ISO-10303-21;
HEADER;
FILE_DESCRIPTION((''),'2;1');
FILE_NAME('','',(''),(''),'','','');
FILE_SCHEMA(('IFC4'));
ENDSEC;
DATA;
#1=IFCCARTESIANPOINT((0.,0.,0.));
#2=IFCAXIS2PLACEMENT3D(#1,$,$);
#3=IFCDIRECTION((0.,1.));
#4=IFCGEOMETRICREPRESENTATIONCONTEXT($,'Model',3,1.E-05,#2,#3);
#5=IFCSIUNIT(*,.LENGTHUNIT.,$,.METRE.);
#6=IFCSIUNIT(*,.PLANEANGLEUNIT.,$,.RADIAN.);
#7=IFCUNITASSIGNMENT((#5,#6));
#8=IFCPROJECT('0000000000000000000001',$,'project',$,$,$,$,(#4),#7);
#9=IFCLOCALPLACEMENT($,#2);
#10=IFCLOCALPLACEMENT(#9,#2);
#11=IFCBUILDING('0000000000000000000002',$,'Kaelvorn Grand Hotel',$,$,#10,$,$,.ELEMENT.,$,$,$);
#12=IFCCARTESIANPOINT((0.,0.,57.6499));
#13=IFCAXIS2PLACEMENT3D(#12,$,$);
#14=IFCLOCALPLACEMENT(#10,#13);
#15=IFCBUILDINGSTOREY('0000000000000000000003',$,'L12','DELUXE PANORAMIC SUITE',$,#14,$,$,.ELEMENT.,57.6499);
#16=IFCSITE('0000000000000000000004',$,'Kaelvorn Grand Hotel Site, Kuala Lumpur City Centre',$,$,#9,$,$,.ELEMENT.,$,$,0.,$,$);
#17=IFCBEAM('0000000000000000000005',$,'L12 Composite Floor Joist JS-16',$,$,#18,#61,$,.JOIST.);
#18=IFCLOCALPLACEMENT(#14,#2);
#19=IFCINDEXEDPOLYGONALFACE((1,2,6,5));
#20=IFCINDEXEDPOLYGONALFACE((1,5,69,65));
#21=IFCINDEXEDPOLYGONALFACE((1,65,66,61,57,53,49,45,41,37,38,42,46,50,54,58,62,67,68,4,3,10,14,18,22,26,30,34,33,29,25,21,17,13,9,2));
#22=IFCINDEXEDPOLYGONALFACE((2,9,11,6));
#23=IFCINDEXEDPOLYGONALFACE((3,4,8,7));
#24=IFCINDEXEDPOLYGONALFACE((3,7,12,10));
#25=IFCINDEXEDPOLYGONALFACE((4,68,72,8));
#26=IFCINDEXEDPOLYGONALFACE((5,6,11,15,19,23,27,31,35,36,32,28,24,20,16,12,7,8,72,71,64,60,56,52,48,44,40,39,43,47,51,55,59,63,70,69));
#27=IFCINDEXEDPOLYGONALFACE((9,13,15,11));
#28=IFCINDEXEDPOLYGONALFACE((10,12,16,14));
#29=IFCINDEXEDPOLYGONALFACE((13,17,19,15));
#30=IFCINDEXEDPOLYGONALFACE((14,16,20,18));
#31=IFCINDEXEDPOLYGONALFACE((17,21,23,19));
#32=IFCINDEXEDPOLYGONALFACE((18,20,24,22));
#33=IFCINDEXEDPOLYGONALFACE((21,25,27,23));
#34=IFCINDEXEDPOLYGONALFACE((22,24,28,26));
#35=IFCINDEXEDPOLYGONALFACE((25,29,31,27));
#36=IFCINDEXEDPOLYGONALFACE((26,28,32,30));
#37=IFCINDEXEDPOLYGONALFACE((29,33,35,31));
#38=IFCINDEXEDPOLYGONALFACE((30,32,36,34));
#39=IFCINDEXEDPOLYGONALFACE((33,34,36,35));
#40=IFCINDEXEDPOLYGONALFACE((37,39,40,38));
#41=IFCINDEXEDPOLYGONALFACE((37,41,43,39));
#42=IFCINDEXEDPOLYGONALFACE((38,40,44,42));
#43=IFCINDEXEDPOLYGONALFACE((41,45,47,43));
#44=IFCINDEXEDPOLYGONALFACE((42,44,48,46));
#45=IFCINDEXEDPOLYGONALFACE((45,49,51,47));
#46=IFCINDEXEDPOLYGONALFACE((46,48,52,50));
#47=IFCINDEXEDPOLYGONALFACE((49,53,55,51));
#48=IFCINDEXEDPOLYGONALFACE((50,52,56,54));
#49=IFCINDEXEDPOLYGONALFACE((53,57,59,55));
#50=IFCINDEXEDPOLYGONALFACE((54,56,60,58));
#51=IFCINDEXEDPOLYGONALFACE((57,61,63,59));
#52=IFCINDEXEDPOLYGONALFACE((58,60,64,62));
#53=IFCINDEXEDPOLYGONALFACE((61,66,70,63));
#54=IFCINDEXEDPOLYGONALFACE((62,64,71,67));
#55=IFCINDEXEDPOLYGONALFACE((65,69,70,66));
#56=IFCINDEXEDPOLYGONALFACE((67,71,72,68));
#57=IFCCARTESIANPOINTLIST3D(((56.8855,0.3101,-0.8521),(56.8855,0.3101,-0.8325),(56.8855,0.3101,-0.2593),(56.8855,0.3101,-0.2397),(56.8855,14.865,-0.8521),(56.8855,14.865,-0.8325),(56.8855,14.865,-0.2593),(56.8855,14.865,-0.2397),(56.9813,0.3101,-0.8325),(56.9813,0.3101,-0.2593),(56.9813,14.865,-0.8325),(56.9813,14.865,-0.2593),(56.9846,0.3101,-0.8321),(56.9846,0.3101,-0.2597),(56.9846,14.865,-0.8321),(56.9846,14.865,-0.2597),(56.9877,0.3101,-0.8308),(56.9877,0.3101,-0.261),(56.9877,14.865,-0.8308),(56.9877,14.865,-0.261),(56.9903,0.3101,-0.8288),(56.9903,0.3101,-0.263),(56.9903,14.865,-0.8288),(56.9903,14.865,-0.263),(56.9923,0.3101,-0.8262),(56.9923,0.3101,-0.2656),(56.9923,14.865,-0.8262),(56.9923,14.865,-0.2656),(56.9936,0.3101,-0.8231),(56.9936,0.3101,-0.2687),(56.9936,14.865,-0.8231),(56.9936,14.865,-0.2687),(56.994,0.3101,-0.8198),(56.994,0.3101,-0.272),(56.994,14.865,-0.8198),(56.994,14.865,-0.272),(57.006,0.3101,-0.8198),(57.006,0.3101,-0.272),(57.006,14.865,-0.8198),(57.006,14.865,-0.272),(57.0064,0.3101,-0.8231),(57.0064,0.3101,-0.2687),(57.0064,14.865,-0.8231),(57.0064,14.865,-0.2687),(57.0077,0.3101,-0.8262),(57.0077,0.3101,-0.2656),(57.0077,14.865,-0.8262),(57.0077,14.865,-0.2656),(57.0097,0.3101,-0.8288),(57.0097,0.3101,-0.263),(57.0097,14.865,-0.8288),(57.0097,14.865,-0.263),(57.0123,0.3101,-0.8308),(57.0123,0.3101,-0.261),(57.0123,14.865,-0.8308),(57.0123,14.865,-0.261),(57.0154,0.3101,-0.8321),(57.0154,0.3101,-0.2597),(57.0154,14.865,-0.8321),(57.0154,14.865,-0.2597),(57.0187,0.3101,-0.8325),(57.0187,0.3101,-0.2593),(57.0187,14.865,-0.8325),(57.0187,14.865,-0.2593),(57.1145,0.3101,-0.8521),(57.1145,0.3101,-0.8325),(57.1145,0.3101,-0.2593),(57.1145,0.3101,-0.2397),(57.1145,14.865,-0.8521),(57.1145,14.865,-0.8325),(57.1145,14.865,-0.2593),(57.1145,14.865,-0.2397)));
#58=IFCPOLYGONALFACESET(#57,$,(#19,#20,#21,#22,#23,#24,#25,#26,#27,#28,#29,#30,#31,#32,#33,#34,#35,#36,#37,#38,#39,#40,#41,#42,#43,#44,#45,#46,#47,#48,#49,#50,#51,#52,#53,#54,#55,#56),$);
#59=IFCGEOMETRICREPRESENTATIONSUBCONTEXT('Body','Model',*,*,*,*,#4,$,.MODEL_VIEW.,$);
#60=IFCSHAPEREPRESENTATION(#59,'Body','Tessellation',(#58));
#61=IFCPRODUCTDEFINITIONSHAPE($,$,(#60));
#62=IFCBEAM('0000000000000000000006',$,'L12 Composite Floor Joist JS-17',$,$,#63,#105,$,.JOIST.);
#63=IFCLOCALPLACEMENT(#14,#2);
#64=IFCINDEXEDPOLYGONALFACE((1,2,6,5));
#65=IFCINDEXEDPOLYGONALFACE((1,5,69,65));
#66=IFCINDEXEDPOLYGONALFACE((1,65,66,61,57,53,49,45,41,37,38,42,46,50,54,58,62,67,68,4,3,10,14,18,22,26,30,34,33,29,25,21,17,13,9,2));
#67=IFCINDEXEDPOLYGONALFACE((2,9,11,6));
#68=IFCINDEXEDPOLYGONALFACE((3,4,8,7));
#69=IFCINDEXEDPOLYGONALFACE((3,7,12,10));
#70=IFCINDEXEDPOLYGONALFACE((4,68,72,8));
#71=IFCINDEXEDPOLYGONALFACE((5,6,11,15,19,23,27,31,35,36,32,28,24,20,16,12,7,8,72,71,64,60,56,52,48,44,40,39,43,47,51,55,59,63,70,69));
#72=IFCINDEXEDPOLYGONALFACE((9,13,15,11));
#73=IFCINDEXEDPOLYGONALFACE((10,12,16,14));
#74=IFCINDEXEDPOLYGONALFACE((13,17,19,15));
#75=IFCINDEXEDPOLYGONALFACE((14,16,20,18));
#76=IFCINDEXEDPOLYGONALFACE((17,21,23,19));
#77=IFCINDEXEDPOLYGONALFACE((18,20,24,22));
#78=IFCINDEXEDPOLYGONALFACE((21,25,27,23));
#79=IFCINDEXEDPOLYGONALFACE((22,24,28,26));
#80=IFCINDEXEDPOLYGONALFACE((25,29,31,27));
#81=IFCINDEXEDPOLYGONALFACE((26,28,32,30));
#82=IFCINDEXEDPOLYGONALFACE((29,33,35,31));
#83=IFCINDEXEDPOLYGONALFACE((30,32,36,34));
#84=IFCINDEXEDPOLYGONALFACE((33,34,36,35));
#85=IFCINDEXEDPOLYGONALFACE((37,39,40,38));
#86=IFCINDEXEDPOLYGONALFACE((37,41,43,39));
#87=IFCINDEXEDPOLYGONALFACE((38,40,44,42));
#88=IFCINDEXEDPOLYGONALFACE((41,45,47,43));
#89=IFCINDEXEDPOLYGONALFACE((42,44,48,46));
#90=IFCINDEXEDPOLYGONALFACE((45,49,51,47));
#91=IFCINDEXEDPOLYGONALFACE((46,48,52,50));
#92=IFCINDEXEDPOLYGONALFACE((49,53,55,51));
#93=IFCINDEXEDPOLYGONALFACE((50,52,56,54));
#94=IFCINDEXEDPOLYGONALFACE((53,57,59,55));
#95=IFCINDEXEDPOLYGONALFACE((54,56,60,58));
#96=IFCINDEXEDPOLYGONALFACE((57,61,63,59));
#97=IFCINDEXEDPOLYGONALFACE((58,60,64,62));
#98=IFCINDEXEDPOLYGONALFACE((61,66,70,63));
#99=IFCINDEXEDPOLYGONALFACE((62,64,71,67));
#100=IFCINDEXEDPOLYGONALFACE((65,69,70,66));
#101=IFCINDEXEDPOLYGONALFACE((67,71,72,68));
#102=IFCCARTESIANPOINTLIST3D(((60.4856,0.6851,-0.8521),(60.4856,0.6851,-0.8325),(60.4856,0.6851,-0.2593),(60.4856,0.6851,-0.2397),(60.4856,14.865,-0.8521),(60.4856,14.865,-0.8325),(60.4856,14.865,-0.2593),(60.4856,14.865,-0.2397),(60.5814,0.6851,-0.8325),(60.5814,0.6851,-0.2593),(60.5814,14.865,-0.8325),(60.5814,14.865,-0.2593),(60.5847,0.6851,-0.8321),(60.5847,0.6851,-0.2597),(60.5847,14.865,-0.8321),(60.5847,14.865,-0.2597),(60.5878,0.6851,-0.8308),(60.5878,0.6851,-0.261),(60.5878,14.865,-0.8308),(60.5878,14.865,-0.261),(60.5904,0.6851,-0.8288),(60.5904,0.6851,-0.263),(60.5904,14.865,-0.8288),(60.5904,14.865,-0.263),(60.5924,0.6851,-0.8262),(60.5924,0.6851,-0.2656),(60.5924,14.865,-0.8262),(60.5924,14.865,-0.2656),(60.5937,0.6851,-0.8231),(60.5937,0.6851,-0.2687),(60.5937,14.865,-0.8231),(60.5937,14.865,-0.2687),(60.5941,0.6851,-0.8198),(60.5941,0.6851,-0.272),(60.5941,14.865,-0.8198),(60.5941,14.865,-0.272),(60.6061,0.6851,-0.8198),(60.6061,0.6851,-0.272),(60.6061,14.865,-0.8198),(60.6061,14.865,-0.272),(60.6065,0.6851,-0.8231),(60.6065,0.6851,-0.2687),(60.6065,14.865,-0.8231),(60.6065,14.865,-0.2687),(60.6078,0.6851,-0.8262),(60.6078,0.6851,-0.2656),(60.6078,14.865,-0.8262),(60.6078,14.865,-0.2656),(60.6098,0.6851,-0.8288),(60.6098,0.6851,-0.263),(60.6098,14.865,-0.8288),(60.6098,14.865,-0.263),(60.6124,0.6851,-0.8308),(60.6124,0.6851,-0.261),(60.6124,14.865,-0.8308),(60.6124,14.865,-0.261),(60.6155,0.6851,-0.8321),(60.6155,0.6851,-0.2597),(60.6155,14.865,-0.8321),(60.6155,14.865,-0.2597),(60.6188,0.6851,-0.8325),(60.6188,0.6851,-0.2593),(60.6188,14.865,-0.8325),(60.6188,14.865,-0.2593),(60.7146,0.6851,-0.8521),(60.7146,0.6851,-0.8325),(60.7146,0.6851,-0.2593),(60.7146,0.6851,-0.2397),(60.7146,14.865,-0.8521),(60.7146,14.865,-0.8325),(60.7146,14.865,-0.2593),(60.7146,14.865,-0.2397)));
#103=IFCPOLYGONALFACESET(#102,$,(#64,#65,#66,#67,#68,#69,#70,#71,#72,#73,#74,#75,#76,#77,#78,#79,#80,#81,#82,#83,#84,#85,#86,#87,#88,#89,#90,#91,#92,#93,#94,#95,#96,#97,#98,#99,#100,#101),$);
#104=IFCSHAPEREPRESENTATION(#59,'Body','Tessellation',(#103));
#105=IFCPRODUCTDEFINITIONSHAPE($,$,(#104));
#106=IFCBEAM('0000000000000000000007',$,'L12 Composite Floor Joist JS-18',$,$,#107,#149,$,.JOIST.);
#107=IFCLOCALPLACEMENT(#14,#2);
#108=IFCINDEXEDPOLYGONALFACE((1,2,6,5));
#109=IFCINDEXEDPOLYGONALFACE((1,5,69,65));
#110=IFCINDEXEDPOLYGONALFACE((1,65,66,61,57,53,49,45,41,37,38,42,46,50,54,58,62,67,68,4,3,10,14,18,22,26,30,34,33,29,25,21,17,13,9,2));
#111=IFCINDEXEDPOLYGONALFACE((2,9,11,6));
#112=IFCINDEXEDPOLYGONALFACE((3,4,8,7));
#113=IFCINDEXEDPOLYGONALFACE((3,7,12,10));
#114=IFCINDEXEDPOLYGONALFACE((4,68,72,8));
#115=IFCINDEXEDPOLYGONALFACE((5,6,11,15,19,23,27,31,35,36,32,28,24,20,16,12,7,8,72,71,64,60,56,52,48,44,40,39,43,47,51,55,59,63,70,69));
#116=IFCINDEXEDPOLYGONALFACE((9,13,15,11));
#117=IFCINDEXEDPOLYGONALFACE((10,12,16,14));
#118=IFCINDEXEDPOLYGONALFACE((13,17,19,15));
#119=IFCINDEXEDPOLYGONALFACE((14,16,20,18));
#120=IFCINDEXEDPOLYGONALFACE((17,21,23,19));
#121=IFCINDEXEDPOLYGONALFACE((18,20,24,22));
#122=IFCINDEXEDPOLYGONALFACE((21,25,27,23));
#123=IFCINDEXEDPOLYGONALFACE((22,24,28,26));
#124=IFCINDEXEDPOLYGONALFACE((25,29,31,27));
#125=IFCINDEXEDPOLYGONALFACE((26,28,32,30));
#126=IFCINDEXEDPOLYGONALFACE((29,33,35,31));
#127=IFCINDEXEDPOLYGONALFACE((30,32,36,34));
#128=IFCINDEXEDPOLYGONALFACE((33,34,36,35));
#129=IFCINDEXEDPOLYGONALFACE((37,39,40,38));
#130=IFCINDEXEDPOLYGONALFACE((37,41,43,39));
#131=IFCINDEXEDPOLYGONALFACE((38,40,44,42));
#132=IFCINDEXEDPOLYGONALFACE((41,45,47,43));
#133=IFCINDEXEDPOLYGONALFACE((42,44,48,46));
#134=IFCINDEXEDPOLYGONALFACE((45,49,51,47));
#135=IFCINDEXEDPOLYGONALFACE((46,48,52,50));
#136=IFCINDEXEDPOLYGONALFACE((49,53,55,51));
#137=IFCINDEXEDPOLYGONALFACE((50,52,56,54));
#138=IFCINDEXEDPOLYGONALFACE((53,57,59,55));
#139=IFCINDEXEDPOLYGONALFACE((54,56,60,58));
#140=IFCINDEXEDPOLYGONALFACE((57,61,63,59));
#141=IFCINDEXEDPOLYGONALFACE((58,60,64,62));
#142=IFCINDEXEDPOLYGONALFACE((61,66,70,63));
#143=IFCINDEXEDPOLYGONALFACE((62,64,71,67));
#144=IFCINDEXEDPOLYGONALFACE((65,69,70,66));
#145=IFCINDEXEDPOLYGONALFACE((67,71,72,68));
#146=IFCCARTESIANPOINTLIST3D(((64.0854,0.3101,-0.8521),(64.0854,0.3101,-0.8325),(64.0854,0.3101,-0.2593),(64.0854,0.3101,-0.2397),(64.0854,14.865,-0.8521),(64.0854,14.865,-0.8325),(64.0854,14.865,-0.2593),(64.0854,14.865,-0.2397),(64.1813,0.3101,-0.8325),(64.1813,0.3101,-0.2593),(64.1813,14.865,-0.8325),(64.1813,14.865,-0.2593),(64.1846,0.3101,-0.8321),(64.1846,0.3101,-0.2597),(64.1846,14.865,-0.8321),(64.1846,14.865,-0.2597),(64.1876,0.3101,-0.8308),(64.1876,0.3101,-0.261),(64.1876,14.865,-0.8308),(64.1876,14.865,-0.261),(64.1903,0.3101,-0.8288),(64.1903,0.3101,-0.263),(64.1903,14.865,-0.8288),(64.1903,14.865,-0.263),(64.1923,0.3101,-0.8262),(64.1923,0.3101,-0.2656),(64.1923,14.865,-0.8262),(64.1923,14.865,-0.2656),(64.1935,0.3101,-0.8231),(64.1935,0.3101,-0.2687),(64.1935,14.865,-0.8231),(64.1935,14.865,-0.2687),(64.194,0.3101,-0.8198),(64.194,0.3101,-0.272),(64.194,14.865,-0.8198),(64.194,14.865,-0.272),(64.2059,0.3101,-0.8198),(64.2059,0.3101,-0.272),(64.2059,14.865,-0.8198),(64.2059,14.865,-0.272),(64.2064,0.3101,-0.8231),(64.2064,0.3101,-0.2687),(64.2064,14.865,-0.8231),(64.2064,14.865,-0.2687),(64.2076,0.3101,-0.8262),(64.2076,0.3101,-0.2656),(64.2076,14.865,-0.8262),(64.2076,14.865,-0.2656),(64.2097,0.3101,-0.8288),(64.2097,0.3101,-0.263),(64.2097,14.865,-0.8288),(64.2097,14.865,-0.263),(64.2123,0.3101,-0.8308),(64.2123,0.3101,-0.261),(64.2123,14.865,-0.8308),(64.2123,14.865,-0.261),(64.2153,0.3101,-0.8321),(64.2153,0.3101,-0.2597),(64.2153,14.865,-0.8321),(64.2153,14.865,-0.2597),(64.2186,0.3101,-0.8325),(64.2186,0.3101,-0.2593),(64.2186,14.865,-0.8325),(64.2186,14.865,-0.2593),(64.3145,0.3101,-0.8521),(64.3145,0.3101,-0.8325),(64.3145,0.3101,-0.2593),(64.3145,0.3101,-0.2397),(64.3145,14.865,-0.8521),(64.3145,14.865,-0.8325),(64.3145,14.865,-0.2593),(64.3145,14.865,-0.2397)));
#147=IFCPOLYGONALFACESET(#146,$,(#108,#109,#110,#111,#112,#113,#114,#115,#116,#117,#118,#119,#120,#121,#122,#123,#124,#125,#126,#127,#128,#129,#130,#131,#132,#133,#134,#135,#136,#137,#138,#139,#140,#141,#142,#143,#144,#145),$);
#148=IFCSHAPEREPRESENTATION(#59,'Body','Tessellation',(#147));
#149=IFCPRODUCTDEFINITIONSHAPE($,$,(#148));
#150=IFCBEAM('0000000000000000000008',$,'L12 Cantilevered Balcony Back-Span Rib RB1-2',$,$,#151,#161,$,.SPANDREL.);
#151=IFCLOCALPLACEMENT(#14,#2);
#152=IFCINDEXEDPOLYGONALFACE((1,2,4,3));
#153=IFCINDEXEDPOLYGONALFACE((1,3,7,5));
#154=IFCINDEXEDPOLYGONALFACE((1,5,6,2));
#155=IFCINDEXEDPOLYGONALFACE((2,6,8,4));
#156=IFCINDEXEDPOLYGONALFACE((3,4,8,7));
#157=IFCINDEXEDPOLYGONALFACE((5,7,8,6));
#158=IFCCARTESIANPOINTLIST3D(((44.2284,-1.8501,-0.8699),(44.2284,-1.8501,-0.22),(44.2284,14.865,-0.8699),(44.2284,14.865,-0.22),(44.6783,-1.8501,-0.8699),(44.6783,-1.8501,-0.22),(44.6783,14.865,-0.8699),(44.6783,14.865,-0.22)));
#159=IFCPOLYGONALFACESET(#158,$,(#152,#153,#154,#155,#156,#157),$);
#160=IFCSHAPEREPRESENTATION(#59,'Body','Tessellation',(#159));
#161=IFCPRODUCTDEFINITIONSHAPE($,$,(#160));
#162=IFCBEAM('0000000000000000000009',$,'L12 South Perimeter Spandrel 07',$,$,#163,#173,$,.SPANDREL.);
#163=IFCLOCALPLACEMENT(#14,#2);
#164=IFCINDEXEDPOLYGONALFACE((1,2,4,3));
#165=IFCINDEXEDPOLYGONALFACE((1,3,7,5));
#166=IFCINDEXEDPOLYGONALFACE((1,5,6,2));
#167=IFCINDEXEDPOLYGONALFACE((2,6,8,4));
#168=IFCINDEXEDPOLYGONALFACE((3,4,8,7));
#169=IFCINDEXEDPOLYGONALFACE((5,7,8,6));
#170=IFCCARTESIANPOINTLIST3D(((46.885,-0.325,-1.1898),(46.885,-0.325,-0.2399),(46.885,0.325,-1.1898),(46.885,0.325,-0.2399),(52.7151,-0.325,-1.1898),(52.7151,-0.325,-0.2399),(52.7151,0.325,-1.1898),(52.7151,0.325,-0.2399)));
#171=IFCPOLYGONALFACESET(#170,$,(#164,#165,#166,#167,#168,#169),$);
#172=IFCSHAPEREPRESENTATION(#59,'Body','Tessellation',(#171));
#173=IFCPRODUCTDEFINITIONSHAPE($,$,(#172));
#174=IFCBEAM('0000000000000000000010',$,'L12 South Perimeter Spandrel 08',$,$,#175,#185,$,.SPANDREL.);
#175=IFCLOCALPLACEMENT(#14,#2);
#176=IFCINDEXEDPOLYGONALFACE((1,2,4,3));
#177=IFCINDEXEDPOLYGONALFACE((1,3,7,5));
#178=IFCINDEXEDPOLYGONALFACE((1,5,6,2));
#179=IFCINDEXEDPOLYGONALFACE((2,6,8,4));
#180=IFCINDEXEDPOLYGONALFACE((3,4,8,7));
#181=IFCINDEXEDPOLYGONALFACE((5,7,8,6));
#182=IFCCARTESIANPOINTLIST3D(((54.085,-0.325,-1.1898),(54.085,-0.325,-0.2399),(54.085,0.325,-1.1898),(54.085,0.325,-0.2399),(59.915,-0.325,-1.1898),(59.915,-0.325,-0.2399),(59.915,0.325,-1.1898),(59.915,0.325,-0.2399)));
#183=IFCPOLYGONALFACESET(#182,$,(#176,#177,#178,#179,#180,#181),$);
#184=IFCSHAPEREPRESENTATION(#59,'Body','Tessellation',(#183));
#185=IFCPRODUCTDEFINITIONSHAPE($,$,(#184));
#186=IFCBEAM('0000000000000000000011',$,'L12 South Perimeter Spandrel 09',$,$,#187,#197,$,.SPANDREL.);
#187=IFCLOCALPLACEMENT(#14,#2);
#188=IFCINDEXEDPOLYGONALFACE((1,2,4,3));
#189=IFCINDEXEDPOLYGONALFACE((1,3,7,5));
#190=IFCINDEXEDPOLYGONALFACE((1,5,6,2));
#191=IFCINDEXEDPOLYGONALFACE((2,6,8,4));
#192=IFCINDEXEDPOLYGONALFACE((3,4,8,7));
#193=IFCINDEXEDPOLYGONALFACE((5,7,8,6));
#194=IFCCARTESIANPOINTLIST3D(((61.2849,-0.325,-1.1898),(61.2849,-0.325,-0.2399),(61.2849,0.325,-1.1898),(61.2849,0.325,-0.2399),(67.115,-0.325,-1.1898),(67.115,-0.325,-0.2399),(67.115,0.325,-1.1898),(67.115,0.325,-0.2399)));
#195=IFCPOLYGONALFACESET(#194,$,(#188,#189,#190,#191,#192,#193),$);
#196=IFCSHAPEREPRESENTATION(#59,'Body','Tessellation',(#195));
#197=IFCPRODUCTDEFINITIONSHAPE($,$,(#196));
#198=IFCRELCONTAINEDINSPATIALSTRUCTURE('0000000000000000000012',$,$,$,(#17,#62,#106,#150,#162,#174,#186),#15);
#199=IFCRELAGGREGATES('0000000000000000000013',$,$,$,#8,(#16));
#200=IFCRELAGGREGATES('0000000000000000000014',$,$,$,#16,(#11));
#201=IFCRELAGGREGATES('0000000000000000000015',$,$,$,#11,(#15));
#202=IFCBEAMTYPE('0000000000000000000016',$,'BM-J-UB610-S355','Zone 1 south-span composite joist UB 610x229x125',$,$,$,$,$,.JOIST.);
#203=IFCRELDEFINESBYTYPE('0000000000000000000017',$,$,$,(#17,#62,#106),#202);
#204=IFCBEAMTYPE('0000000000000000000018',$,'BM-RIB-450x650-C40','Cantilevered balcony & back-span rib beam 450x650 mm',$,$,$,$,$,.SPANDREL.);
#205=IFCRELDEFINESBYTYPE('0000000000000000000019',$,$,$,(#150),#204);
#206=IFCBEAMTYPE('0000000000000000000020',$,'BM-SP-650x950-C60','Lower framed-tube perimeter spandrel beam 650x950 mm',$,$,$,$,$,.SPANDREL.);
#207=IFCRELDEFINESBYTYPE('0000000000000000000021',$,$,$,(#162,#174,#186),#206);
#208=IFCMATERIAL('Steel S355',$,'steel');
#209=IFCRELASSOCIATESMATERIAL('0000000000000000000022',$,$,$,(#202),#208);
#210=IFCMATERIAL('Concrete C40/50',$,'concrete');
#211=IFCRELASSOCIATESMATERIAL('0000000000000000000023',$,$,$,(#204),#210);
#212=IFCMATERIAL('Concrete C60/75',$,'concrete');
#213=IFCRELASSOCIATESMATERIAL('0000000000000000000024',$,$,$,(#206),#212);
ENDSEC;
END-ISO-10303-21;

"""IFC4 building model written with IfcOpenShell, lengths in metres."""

from ifc_helpers import new_model, si_unit, direction, frame, origin, origin_2d, place, context, subcontext, project, spatial, rectangle, i_section, extrude, material, material_profile, profile_set, type_object, element, save


model = new_model("IFC4")

# Units and contexts
model_context = context("Model", 3, precision=1e-05, world=origin(), true_north=direction((0.0, 1.0)))
body_context = subcontext(model_context, "Body", "Model", "MODEL_VIEW")
ifc_project = project(units=[si_unit("LENGTHUNIT", "METRE"), si_unit("PLANEANGLEUNIT", "RADIAN")], contexts=[model_context])

# Site, building, storey
site_placement = place(None, origin())
site = spatial("IfcSite", under=ifc_project, at=site_placement, Name="Kaelvorn Grand Hotel Site, Kuala Lumpur City Centre", CompositionType="ELEMENT", RefElevation=0.0)
building_placement = place(site_placement, origin())
building = spatial("IfcBuilding", under=site, at=building_placement, Name="Kaelvorn Grand Hotel", CompositionType="ELEMENT")
storey_placement = place(building_placement, frame((0.0, 0.0, 57.6499)))
storey = spatial("IfcBuildingStorey", under=building, at=storey_placement, Name="L12", Description="DELUXE PANORAMIC SUITE", CompositionType="ELEMENT", Elevation=57.6499)

# Beams
ifc_material_1 = material(Name="Steel S355", Category="steel")
ifc_material_profile_1 = material_profile(ifc_material_1, i_section(OverallWidth=0.229, OverallDepth=0.6123, WebThickness=0.012, FlangeThickness=0.0195, FilletRadius=0.0127, at=origin_2d()), Name="UB 610x229x125")
ifc_profile_set_1 = profile_set([ifc_material_profile_1], Name="Steel S355")
beam_type_1 = type_object("IfcBeamType", Name="BM-J-UB610-S355", Description="Zone 1 south-span composite joist UB 610x229x125", PredefinedType="JOIST", material=ifc_profile_set_1)
beam_1_placement = place(storey_placement, frame((57.0, 0.3101, -0.5459), z_axis=(0.0, 1.0, 0.0), x_axis=(-1.0, 0.0, 0.0)))
element("IfcBeam", 1, at=beam_1_placement, inside=storey, type_object=beam_type_1, Name="L12 Composite Floor Joist JS-16", PredefinedType="JOIST", context=body_context, shape_type="SweptSolid", body=[
    extrude(i_section(OverallWidth=0.229, OverallDepth=0.6123, WebThickness=0.012, FlangeThickness=0.0195, FilletRadius=0.0127, at=origin_2d()), origin(), (0.0, 0.0, 1.0), 14.5549),
])
beam_2_placement = place(storey_placement, frame((60.6001, 0.6851, -0.5459), z_axis=(0.0, 1.0, 0.0), x_axis=(-1.0, 0.0, 0.0)))
element("IfcBeam", 2, at=beam_2_placement, inside=storey, type_object=beam_type_1, Name="L12 Composite Floor Joist JS-17", PredefinedType="JOIST", context=body_context, shape_type="SweptSolid", body=[
    extrude(i_section(OverallWidth=0.229, OverallDepth=0.6123, WebThickness=0.012, FlangeThickness=0.0195, FilletRadius=0.0127, at=origin_2d()), origin(), (0.0, 0.0, 1.0), 14.1799),
])
beam_3_placement = place(storey_placement, frame((64.2, 0.3101, -0.5459), z_axis=(0.0, 1.0, 0.0), x_axis=(-1.0, 0.0, 0.0)))
element("IfcBeam", 3, at=beam_3_placement, inside=storey, type_object=beam_type_1, Name="L12 Composite Floor Joist JS-18", PredefinedType="JOIST", context=body_context, shape_type="SweptSolid", body=[
    extrude(i_section(OverallWidth=0.229, OverallDepth=0.6123, WebThickness=0.012, FlangeThickness=0.0195, FilletRadius=0.0127, at=origin_2d()), origin(), (0.0, 0.0, 1.0), 14.5549),
])
ifc_material_2 = material(Name="Concrete C40/50", Category="concrete")
ifc_material_profile_2 = material_profile(ifc_material_2, rectangle(XDim=0.45, YDim=0.6499, at=origin_2d()), Name="RC RIB 450x650")
ifc_profile_set_2 = profile_set([ifc_material_profile_2], Name="Concrete C40/50")
beam_type_2 = type_object("IfcBeamType", Name="BM-RIB-450x650-C40", Description="Cantilevered balcony & back-span rib beam 450x650 mm", PredefinedType="SPANDREL", material=ifc_profile_set_2)
beam_4_placement = place(storey_placement, frame((44.4534, -1.8501, -0.5449), z_axis=(0.0, 1.0, 0.0), x_axis=(-1.0, 0.0, 0.0)))
element("IfcBeam", 4, at=beam_4_placement, inside=storey, type_object=beam_type_2, Name="L12 Cantilevered Balcony Back-Span Rib RB1-2", PredefinedType="SPANDREL", context=body_context, shape_type="SweptSolid", body=[
    extrude(rectangle(XDim=0.45, YDim=0.6499, at=origin_2d()), origin(), (0.0, 0.0, 1.0), 16.7151),
])
ifc_material_3 = material(Name="Concrete C60/75", Category="concrete")
ifc_material_profile_3 = material_profile(ifc_material_3, rectangle(XDim=0.6499, YDim=0.95, at=origin_2d()), Name="RC SPANDREL 650x950")
ifc_profile_set_3 = profile_set([ifc_material_profile_3], Name="Concrete C60/75")
beam_type_3 = type_object("IfcBeamType", Name="BM-SP-650x950-C60", Description="Lower framed-tube perimeter spandrel beam 650x950 mm", PredefinedType="SPANDREL", material=ifc_profile_set_3)
for number, where, z_axis, x_axis, name in (
    (5, (46.885, 0.0, -0.7148), (1.0, 0.0, 0.0), (0.0, 1.0, 0.0), "L12 South Perimeter Spandrel 07"),
    (6, (54.085, 0.0, -0.7148), (1.0, 0.0, 0.0), (0.0, 1.0, 0.0), "L12 South Perimeter Spandrel 08"),
    (7, (61.2849, 0.0, -0.7148), (1.0, 0.0, 0.0), (0.0, 1.0, 0.0), "L12 South Perimeter Spandrel 09"),
):
    element("IfcBeam", number, at=place(storey_placement, frame(where, z_axis=z_axis, x_axis=x_axis)), inside=storey, type_object=beam_type_3, Name=name, PredefinedType="SPANDREL", context=body_context, shape_type="SweptSolid", body=[
        extrude(rectangle(XDim=0.6499, YDim=0.95, at=origin_2d()), origin(), (0.0, 0.0, 1.0), 5.8301),
    ])

save(model, "model.ifc")
